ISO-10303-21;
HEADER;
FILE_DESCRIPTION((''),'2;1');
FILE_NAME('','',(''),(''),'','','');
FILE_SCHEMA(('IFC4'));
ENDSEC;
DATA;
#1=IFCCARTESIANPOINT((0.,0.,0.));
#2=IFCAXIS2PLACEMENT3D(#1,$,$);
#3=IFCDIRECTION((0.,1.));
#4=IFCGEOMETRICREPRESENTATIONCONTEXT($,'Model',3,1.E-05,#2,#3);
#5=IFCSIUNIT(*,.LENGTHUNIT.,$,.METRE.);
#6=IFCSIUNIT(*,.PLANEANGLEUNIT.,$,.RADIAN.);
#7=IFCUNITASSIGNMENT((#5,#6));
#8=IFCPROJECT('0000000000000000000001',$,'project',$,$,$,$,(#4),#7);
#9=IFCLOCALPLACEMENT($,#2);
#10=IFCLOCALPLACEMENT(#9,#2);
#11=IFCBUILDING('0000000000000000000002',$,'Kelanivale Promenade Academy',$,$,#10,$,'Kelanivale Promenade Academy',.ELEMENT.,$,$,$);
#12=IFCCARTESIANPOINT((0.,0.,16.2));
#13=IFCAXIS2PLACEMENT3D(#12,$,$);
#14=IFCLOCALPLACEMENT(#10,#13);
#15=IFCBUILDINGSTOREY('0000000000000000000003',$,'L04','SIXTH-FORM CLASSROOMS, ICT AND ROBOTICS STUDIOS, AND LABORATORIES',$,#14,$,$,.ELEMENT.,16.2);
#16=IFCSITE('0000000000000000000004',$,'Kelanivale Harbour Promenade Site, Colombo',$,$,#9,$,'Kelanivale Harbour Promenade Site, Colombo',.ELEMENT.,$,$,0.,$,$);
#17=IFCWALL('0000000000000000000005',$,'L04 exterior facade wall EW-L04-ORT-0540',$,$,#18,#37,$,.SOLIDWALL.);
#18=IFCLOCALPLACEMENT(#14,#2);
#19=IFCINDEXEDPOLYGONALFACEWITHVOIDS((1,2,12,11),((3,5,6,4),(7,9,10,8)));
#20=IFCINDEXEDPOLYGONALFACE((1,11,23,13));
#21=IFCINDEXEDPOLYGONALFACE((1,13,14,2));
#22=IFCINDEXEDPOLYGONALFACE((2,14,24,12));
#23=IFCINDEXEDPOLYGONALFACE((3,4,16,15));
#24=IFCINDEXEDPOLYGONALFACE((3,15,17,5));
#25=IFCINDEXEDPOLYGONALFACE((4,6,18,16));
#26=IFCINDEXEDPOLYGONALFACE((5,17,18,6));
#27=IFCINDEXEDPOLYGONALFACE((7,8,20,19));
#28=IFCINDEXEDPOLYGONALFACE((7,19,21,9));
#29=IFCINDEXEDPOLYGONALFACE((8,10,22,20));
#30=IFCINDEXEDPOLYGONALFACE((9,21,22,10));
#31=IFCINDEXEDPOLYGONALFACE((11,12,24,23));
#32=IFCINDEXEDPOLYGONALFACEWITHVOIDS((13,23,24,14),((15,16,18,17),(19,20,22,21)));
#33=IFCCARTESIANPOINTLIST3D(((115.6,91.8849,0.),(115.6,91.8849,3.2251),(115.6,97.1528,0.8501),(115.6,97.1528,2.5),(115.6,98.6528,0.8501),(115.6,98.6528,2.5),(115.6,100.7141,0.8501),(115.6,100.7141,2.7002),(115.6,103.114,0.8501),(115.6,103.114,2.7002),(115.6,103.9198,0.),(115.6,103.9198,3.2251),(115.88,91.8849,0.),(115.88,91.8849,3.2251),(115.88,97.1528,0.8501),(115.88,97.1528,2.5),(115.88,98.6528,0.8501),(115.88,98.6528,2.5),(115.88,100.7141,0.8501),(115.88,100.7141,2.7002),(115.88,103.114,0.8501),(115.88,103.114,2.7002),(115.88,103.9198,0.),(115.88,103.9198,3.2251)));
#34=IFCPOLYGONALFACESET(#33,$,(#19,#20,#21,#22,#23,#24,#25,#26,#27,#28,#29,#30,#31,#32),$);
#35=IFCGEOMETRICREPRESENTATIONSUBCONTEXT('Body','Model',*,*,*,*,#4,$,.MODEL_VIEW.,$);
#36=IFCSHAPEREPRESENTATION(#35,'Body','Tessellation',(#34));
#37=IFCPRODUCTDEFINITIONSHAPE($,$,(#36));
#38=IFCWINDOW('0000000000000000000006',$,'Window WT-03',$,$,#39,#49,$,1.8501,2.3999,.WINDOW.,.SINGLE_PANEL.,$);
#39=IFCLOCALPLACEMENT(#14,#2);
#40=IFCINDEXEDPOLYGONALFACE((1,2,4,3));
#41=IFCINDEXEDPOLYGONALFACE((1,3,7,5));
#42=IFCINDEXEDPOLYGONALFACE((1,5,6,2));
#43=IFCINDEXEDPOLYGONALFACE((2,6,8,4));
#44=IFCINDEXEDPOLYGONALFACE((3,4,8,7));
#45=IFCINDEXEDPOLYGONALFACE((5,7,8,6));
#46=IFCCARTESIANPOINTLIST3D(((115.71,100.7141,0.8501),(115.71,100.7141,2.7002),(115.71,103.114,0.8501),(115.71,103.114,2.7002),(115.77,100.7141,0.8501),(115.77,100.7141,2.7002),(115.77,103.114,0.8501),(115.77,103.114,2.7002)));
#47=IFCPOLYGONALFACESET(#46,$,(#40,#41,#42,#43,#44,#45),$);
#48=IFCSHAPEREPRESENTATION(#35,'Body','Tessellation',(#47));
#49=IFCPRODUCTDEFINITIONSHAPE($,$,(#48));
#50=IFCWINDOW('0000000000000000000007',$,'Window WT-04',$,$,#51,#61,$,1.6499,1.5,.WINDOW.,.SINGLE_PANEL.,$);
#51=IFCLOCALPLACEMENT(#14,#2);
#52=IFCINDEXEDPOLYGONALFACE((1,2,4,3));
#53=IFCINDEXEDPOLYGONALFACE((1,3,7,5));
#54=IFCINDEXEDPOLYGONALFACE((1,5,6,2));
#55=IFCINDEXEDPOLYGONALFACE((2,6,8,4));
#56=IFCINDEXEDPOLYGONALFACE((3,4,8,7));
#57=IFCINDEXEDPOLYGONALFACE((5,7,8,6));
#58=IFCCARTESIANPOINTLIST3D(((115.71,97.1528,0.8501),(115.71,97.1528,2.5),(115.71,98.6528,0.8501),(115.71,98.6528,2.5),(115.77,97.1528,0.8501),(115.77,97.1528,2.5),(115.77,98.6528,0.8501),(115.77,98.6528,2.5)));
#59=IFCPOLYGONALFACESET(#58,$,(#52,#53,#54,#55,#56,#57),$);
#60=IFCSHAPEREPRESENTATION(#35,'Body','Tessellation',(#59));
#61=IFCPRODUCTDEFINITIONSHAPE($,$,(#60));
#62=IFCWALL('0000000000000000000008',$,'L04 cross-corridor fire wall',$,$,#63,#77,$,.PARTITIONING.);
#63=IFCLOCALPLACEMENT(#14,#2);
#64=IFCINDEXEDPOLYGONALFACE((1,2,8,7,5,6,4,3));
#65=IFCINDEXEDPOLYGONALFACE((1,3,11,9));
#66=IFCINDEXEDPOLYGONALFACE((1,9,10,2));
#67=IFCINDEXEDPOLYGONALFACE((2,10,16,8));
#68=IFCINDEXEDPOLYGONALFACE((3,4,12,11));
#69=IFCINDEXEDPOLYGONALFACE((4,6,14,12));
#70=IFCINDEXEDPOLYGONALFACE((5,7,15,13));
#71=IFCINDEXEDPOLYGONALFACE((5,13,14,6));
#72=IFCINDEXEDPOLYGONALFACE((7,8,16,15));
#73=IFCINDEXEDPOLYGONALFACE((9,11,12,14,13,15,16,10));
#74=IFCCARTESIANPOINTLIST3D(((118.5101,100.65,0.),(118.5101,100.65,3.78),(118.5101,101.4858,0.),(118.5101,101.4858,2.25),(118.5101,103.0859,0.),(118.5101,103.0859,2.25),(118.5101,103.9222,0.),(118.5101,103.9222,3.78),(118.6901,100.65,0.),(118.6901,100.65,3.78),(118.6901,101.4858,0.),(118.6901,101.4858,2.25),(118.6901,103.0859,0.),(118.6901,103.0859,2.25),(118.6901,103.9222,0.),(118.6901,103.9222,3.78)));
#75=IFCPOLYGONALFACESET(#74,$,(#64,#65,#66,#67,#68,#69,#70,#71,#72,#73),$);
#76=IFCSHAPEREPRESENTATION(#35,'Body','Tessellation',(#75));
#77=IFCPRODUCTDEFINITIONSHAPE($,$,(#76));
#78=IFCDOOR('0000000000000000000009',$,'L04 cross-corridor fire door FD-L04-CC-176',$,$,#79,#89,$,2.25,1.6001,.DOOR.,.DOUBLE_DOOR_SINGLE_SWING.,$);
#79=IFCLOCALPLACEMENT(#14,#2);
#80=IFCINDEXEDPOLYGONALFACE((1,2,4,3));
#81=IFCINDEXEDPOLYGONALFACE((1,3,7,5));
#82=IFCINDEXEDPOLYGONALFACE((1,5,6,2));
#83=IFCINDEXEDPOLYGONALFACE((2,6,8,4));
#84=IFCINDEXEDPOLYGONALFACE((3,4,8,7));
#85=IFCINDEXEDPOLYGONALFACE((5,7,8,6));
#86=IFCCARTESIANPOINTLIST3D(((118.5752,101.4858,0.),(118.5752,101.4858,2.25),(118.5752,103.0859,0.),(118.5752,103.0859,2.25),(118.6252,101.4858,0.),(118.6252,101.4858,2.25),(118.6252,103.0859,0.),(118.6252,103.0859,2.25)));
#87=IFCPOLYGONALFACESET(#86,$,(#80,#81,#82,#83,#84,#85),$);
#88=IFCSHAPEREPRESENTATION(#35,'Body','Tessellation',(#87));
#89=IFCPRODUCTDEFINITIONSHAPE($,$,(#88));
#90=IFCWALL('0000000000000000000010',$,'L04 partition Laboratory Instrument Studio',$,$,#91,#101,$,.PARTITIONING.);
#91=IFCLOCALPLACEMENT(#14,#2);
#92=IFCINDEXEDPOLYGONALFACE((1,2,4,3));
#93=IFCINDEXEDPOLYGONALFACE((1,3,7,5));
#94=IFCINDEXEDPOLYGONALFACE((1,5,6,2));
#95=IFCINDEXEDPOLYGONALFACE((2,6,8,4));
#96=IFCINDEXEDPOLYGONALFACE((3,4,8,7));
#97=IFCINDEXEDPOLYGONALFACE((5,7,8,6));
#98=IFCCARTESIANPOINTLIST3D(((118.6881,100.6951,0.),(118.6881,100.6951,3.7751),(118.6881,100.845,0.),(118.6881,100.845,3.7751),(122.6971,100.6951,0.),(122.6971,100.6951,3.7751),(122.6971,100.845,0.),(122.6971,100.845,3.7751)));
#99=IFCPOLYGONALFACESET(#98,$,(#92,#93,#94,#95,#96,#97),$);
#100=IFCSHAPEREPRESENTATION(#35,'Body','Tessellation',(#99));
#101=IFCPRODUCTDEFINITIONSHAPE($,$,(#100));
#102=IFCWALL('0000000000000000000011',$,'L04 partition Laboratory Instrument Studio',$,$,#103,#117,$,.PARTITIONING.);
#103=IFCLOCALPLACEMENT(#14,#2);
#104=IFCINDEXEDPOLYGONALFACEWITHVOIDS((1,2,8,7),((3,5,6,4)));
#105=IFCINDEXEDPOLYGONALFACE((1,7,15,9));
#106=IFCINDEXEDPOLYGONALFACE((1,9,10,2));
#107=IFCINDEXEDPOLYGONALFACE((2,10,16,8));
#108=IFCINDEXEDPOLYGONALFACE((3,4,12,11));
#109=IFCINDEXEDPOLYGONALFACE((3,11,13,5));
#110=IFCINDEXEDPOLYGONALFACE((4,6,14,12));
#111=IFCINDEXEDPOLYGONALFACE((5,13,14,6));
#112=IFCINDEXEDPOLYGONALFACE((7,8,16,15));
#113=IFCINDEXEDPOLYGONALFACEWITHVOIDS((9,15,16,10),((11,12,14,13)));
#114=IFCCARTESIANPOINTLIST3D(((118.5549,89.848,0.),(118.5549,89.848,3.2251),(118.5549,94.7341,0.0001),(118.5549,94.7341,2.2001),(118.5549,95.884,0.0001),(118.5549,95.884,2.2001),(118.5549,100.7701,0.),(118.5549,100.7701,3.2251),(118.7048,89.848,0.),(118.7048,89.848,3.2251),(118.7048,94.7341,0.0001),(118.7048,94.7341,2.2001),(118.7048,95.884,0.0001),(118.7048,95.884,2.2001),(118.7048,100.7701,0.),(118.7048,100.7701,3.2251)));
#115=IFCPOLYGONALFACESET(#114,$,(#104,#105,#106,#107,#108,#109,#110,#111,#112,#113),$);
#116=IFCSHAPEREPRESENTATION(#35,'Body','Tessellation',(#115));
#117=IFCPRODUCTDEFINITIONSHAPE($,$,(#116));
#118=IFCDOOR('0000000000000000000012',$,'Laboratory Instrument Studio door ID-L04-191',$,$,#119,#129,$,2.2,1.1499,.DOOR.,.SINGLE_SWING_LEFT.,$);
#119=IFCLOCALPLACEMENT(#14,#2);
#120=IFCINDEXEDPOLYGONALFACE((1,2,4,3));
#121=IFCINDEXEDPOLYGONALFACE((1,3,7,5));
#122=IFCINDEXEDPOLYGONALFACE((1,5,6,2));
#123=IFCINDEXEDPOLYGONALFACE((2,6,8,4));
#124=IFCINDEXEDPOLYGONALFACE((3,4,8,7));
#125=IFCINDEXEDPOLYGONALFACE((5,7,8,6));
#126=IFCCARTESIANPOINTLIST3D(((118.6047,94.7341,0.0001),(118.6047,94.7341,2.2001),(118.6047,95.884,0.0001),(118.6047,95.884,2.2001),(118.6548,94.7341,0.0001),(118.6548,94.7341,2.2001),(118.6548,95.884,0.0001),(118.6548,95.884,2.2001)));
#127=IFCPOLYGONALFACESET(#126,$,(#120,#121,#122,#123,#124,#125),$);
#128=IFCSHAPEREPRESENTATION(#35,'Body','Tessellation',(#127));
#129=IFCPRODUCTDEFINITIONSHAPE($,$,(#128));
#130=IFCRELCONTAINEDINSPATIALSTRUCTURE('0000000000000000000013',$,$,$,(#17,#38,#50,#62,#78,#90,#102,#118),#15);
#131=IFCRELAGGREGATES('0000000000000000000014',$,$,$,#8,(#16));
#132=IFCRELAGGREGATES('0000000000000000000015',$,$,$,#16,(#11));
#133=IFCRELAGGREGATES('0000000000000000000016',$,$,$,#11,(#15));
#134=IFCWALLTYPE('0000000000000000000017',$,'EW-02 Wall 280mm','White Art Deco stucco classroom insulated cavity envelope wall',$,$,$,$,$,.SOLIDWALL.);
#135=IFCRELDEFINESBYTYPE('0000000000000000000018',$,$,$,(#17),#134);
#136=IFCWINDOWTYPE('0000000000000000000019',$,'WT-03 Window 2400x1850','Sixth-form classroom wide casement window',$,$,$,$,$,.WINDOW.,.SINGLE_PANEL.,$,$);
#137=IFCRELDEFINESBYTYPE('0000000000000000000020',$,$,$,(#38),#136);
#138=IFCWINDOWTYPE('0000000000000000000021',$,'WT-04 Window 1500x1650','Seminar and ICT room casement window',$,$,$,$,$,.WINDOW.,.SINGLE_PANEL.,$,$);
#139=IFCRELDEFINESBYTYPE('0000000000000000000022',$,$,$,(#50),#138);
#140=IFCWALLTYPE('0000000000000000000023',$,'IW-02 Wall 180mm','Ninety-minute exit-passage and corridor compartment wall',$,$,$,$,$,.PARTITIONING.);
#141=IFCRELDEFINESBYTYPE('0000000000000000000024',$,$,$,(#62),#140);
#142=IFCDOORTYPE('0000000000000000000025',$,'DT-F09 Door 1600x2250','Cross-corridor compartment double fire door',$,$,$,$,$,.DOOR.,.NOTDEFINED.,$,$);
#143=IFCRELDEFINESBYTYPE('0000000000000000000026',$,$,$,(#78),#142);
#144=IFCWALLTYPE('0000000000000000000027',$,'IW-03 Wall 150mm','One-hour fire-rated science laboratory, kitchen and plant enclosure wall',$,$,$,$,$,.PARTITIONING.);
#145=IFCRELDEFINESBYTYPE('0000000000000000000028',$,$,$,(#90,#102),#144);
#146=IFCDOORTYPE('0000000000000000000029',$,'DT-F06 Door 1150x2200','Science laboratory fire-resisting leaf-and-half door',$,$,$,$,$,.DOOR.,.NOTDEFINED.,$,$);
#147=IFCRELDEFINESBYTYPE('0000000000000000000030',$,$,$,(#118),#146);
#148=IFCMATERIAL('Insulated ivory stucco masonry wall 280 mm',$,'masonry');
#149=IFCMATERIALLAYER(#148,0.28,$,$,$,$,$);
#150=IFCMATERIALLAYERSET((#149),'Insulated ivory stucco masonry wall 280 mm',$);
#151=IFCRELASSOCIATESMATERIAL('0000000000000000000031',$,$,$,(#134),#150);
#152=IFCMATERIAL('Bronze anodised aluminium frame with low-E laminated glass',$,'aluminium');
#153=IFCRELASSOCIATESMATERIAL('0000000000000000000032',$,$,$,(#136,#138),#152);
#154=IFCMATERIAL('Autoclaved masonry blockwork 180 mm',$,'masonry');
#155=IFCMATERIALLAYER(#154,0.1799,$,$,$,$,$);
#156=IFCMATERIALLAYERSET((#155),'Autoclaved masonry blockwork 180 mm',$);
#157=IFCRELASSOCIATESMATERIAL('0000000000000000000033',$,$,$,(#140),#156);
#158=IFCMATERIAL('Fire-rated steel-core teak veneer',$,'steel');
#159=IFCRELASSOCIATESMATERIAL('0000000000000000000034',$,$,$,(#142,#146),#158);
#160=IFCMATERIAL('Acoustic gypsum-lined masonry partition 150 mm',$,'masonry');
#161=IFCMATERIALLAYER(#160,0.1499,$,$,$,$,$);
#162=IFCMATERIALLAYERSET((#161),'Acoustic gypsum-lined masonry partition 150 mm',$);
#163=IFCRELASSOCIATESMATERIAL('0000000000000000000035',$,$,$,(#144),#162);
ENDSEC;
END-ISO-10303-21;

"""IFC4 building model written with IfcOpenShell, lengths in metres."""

from ifc_helpers import new_model, si_unit, direction, frame, frame_2d, origin, place, context, subcontext, project, spatial, rectangle, extrude, material, layer, layer_set, type_object, element, fill, save


model = new_model("IFC4")

# Units and contexts
model_context = context("Model", 3, precision=1e-05, world=origin(), true_north=direction((0.0, 1.0)))
body_context = subcontext(model_context, "Body", "Model", "MODEL_VIEW")
ifc_project = project(units=[si_unit("LENGTHUNIT", "METRE"), si_unit("PLANEANGLEUNIT", "RADIAN")], contexts=[model_context])

# Site, building, storey
site_placement = place(None, origin())
site = spatial("IfcSite", under=ifc_project, at=site_placement, Name="Kelanivale Harbour Promenade Site, Colombo", LongName="Kelanivale Harbour Promenade Site, Colombo", CompositionType="ELEMENT", RefElevation=0.0)
building_placement = place(site_placement, origin())
building = spatial("IfcBuilding", under=site, at=building_placement, Name="Kelanivale Promenade Academy", LongName="Kelanivale Promenade Academy", CompositionType="ELEMENT")
storey_placement = place(building_placement, frame((0.0, 0.0, 16.2)))
storey = spatial("IfcBuildingStorey", under=building, at=storey_placement, Name="L04", Description="SIXTH-FORM CLASSROOMS, ICT AND ROBOTICS STUDIOS, AND LABORATORIES", CompositionType="ELEMENT", Elevation=16.2)

# Shared definitions
ifc_material_1 = material(Name="Fire-rated steel-core teak veneer", Category="steel")

# Shared definitions
ifc_material_2 = material(Name="Insulated ivory stucco masonry wall 280 mm", Category="masonry")
ifc_layer_1 = layer(ifc_material_2, 0.28)
ifc_layer_set_1 = layer_set([ifc_layer_1], Name="Insulated ivory stucco masonry wall 280 mm")
wall_type_1 = type_object("IfcWallType", Name="EW-02 Wall 280mm", Description="White Art Deco stucco classroom insulated cavity envelope wall", PredefinedType="SOLIDWALL", material=ifc_layer_set_1)

# Wall, openings, windows
ifc_material_3 = material(Name="Bronze anodised aluminium frame with low-E laminated glass", Category="aluminium")
wall_1_placement = place(storey_placement, frame((115.74, 103.9199, 0.0), z_axis=(0.0, 0.0, 1.0), x_axis=(0.0, -1.0, 0.0)))
wall_1 = element("IfcWall", 1, at=wall_1_placement, inside=storey, type_object=wall_type_1, Name="L04 exterior facade wall EW-L04-ORT-0540", PredefinedType="SOLIDWALL", context=body_context, shape_type="SweptSolid", body=[
    extrude(rectangle(XDim=12.0349, YDim=0.28, at=frame_2d((6.0176, 0.0))), origin(), (0.0, 0.0, 1.0), 3.2251),
])
opening_1_placement = place(wall_1_placement, frame((0.8059, 0.0, 0.8501)))
opening_1 = element("IfcOpeningElement", 2, at=opening_1_placement, cuts=wall_1, PredefinedType="OPENING", context=body_context, shape_type="SweptSolid", body=[
    extrude(rectangle(XDim=2.3999, YDim=1.8501, at=frame_2d((1.2, 0.925))), frame((0.0, 0.1499, 0.0), z_axis=(0.0, -1.0, 0.0), x_axis=(1.0, 0.0, 0.0)), (0.0, 0.0, 1.0), 0.3),
])
opening_2_placement = place(wall_1_placement, frame((5.2671, 0.0, 0.8501)))
opening_2 = element("IfcOpeningElement", 3, at=opening_2_placement, cuts=wall_1, PredefinedType="OPENING", context=body_context, shape_type="SweptSolid", body=[
    extrude(rectangle(XDim=1.5, YDim=1.6499, at=frame_2d((0.75, 0.825))), frame((0.0, 0.1499, 0.0), z_axis=(0.0, -1.0, 0.0), x_axis=(1.0, 0.0, 0.0)), (0.0, 0.0, 1.0), 0.3),
])
window_type_1 = type_object("IfcWindowType", Name="WT-03 Window 2400x1850", Description="Sixth-form classroom wide casement window", PartitioningType="SINGLE_PANEL", PredefinedType="WINDOW", material=ifc_material_3)
window_1_placement = place(opening_1_placement, origin())
window_1 = element("IfcWindow", 4, at=window_1_placement, inside=storey, type_object=window_type_1, Name="Window WT-03", OverallHeight=1.8501, OverallWidth=2.3999, PartitioningType="SINGLE_PANEL", PredefinedType="WINDOW", context=body_context, shape_type="SweptSolid", body=[
    extrude(rectangle(XDim=2.3999, YDim=1.8501, at=frame_2d((1.2, 0.925))), frame((0.0, 0.03, 0.0), z_axis=(0.0, -1.0, 0.0), x_axis=(1.0, 0.0, 0.0)), (0.0, 0.0, 1.0), 0.0601),
])
fill(opening_1, window_1)
window_type_2 = type_object("IfcWindowType", Name="WT-04 Window 1500x1650", Description="Seminar and ICT room casement window", PartitioningType="SINGLE_PANEL", PredefinedType="WINDOW", material=ifc_material_3)
window_2_placement = place(opening_2_placement, origin())
window_2 = element("IfcWindow", 5, at=window_2_placement, inside=storey, type_object=window_type_2, Name="Window WT-04", OverallHeight=1.6499, OverallWidth=1.5, PartitioningType="SINGLE_PANEL", PredefinedType="WINDOW", context=body_context, shape_type="SweptSolid", body=[
    extrude(rectangle(XDim=1.5, YDim=1.6499, at=frame_2d((0.75, 0.825))), frame((0.0, 0.03, 0.0), z_axis=(0.0, -1.0, 0.0), x_axis=(1.0, 0.0, 0.0)), (0.0, 0.0, 1.0), 0.0601),
])
fill(opening_2, window_2)

# Wall, opening, door
ifc_material_4 = material(Name="Autoclaved masonry blockwork 180 mm", Category="masonry")
ifc_layer_2 = layer(ifc_material_4, 0.1799)
ifc_layer_set_2 = layer_set([ifc_layer_2], Name="Autoclaved masonry blockwork 180 mm")
wall_type_2 = type_object("IfcWallType", Name="IW-02 Wall 180mm", Description="Ninety-minute exit-passage and corridor compartment wall", PredefinedType="PARTITIONING", material=ifc_layer_set_2)
wall_2_placement = place(storey_placement, frame((118.6001, 100.6499, 0.0), z_axis=(0.0, 0.0, 1.0), x_axis=(0.0, 1.0, 0.0)))
wall_2 = element("IfcWall", 6, at=wall_2_placement, inside=storey, type_object=wall_type_2, Name="L04 cross-corridor fire wall", PredefinedType="PARTITIONING", context=body_context, shape_type="SweptSolid", body=[
    extrude(rectangle(XDim=3.2722, YDim=0.1799, at=frame_2d((1.6362, 0.0))), origin(), (0.0, 0.0, 1.0), 3.78),
])
opening_3_placement = place(wall_2_placement, frame((0.8359, 0.0, 0.0)))
opening_3 = element("IfcOpeningElement", 7, at=opening_3_placement, cuts=wall_2, PredefinedType="OPENING", context=body_context, shape_type="SweptSolid", body=[
    extrude(rectangle(XDim=1.6001, YDim=2.25, at=frame_2d((0.8, 1.125))), frame((0.0, 0.1001, 0.0), z_axis=(0.0, -1.0, 0.0), x_axis=(1.0, 0.0, 0.0)), (0.0, 0.0, 1.0), 0.2),
])
door_type_1 = type_object("IfcDoorType", Name="DT-F09 Door 1600x2250", Description="Cross-corridor compartment double fire door", OperationType="NOTDEFINED", PredefinedType="DOOR", material=ifc_material_1)
door_1_placement = place(opening_3_placement, origin())
door_1 = element("IfcDoor", 8, at=door_1_placement, inside=storey, type_object=door_type_1, Name="L04 cross-corridor fire door FD-L04-CC-176", OperationType="DOUBLE_DOOR_SINGLE_SWING", OverallHeight=2.25, OverallWidth=1.6001, PredefinedType="DOOR", context=body_context, shape_type="SweptSolid", body=[
    extrude(rectangle(XDim=1.6001, YDim=2.25, at=frame_2d((0.8, 1.125))), frame((0.0, 0.0249, 0.0), z_axis=(0.0, -1.0, 0.0), x_axis=(1.0, 0.0, 0.0)), (0.0, 0.0, 1.0), 0.05),
])
fill(opening_3, door_1)

# Wall
ifc_material_5 = material(Name="Acoustic gypsum-lined masonry partition 150 mm", Category="masonry")
ifc_layer_3 = layer(ifc_material_5, 0.1499)
ifc_layer_set_3 = layer_set([ifc_layer_3], Name="Acoustic gypsum-lined masonry partition 150 mm")
wall_type_3 = type_object("IfcWallType", Name="IW-03 Wall 150mm", Description="One-hour fire-rated science laboratory, kitchen and plant enclosure wall", PredefinedType="PARTITIONING", material=ifc_layer_set_3)
wall_3_placement = place(storey_placement, frame((122.697, 100.77, 0.0), z_axis=(0.0, 0.0, 1.0), x_axis=(-1.0, 0.0, 0.0)))
element("IfcWall", 9, at=wall_3_placement, inside=storey, type_object=wall_type_3, Name="L04 partition Laboratory Instrument Studio", PredefinedType="PARTITIONING", context=body_context, shape_type="SweptSolid", body=[
    extrude(rectangle(XDim=4.009, YDim=0.1499, at=frame_2d((2.0044, 0.0))), origin(), (0.0, 0.0, 1.0), 3.7751),
])

# Wall, opening, door
wall_4_placement = place(storey_placement, frame((118.6299, 100.77, 0.0), z_axis=(0.0, 0.0, 1.0), x_axis=(0.0, -1.0, 0.0)))
wall_4 = element("IfcWall", 10, at=wall_4_placement, inside=storey, type_object=wall_type_3, Name="L04 partition Laboratory Instrument Studio", PredefinedType="PARTITIONING", context=body_context, shape_type="SweptSolid", body=[
    extrude(rectangle(XDim=10.9221, YDim=0.1499, at=frame_2d((5.4609, 0.0))), origin(), (0.0, 0.0, 1.0), 3.2251),
])
opening_4_placement = place(wall_4_placement, frame((4.886, 0.0, 0.0)))
opening_4 = element("IfcOpeningElement", 11, at=opening_4_placement, cuts=wall_4, PredefinedType="OPENING", context=body_context, shape_type="SweptSolid", body=[
    extrude(rectangle(XDim=1.1499, YDim=2.2, at=frame_2d((0.575, 1.1001))), frame((0.0, 0.085, 0.0), z_axis=(0.0, -1.0, 0.0), x_axis=(1.0, 0.0, 0.0)), (0.0, 0.0, 1.0), 0.1699),
])
door_type_2 = type_object("IfcDoorType", Name="DT-F06 Door 1150x2200", Description="Science laboratory fire-resisting leaf-and-half door", OperationType="NOTDEFINED", PredefinedType="DOOR", material=ifc_material_1)
door_2_placement = place(opening_4_placement, origin())
door_2 = element("IfcDoor", 12, at=door_2_placement, inside=storey, type_object=door_type_2, Name="Laboratory Instrument Studio door ID-L04-191", OperationType="SINGLE_SWING_LEFT", OverallHeight=2.2, OverallWidth=1.1499, PredefinedType="DOOR", context=body_context, shape_type="SweptSolid", body=[
    extrude(rectangle(XDim=1.1499, YDim=2.2, at=frame_2d((0.575, 1.1001))), frame((0.0, 0.0249, 0.0), z_axis=(0.0, -1.0, 0.0), x_axis=(1.0, 0.0, 0.0)), (0.0, 0.0, 1.0), 0.05),
])
fill(opening_4, door_2)

save(model, "model.ifc")
